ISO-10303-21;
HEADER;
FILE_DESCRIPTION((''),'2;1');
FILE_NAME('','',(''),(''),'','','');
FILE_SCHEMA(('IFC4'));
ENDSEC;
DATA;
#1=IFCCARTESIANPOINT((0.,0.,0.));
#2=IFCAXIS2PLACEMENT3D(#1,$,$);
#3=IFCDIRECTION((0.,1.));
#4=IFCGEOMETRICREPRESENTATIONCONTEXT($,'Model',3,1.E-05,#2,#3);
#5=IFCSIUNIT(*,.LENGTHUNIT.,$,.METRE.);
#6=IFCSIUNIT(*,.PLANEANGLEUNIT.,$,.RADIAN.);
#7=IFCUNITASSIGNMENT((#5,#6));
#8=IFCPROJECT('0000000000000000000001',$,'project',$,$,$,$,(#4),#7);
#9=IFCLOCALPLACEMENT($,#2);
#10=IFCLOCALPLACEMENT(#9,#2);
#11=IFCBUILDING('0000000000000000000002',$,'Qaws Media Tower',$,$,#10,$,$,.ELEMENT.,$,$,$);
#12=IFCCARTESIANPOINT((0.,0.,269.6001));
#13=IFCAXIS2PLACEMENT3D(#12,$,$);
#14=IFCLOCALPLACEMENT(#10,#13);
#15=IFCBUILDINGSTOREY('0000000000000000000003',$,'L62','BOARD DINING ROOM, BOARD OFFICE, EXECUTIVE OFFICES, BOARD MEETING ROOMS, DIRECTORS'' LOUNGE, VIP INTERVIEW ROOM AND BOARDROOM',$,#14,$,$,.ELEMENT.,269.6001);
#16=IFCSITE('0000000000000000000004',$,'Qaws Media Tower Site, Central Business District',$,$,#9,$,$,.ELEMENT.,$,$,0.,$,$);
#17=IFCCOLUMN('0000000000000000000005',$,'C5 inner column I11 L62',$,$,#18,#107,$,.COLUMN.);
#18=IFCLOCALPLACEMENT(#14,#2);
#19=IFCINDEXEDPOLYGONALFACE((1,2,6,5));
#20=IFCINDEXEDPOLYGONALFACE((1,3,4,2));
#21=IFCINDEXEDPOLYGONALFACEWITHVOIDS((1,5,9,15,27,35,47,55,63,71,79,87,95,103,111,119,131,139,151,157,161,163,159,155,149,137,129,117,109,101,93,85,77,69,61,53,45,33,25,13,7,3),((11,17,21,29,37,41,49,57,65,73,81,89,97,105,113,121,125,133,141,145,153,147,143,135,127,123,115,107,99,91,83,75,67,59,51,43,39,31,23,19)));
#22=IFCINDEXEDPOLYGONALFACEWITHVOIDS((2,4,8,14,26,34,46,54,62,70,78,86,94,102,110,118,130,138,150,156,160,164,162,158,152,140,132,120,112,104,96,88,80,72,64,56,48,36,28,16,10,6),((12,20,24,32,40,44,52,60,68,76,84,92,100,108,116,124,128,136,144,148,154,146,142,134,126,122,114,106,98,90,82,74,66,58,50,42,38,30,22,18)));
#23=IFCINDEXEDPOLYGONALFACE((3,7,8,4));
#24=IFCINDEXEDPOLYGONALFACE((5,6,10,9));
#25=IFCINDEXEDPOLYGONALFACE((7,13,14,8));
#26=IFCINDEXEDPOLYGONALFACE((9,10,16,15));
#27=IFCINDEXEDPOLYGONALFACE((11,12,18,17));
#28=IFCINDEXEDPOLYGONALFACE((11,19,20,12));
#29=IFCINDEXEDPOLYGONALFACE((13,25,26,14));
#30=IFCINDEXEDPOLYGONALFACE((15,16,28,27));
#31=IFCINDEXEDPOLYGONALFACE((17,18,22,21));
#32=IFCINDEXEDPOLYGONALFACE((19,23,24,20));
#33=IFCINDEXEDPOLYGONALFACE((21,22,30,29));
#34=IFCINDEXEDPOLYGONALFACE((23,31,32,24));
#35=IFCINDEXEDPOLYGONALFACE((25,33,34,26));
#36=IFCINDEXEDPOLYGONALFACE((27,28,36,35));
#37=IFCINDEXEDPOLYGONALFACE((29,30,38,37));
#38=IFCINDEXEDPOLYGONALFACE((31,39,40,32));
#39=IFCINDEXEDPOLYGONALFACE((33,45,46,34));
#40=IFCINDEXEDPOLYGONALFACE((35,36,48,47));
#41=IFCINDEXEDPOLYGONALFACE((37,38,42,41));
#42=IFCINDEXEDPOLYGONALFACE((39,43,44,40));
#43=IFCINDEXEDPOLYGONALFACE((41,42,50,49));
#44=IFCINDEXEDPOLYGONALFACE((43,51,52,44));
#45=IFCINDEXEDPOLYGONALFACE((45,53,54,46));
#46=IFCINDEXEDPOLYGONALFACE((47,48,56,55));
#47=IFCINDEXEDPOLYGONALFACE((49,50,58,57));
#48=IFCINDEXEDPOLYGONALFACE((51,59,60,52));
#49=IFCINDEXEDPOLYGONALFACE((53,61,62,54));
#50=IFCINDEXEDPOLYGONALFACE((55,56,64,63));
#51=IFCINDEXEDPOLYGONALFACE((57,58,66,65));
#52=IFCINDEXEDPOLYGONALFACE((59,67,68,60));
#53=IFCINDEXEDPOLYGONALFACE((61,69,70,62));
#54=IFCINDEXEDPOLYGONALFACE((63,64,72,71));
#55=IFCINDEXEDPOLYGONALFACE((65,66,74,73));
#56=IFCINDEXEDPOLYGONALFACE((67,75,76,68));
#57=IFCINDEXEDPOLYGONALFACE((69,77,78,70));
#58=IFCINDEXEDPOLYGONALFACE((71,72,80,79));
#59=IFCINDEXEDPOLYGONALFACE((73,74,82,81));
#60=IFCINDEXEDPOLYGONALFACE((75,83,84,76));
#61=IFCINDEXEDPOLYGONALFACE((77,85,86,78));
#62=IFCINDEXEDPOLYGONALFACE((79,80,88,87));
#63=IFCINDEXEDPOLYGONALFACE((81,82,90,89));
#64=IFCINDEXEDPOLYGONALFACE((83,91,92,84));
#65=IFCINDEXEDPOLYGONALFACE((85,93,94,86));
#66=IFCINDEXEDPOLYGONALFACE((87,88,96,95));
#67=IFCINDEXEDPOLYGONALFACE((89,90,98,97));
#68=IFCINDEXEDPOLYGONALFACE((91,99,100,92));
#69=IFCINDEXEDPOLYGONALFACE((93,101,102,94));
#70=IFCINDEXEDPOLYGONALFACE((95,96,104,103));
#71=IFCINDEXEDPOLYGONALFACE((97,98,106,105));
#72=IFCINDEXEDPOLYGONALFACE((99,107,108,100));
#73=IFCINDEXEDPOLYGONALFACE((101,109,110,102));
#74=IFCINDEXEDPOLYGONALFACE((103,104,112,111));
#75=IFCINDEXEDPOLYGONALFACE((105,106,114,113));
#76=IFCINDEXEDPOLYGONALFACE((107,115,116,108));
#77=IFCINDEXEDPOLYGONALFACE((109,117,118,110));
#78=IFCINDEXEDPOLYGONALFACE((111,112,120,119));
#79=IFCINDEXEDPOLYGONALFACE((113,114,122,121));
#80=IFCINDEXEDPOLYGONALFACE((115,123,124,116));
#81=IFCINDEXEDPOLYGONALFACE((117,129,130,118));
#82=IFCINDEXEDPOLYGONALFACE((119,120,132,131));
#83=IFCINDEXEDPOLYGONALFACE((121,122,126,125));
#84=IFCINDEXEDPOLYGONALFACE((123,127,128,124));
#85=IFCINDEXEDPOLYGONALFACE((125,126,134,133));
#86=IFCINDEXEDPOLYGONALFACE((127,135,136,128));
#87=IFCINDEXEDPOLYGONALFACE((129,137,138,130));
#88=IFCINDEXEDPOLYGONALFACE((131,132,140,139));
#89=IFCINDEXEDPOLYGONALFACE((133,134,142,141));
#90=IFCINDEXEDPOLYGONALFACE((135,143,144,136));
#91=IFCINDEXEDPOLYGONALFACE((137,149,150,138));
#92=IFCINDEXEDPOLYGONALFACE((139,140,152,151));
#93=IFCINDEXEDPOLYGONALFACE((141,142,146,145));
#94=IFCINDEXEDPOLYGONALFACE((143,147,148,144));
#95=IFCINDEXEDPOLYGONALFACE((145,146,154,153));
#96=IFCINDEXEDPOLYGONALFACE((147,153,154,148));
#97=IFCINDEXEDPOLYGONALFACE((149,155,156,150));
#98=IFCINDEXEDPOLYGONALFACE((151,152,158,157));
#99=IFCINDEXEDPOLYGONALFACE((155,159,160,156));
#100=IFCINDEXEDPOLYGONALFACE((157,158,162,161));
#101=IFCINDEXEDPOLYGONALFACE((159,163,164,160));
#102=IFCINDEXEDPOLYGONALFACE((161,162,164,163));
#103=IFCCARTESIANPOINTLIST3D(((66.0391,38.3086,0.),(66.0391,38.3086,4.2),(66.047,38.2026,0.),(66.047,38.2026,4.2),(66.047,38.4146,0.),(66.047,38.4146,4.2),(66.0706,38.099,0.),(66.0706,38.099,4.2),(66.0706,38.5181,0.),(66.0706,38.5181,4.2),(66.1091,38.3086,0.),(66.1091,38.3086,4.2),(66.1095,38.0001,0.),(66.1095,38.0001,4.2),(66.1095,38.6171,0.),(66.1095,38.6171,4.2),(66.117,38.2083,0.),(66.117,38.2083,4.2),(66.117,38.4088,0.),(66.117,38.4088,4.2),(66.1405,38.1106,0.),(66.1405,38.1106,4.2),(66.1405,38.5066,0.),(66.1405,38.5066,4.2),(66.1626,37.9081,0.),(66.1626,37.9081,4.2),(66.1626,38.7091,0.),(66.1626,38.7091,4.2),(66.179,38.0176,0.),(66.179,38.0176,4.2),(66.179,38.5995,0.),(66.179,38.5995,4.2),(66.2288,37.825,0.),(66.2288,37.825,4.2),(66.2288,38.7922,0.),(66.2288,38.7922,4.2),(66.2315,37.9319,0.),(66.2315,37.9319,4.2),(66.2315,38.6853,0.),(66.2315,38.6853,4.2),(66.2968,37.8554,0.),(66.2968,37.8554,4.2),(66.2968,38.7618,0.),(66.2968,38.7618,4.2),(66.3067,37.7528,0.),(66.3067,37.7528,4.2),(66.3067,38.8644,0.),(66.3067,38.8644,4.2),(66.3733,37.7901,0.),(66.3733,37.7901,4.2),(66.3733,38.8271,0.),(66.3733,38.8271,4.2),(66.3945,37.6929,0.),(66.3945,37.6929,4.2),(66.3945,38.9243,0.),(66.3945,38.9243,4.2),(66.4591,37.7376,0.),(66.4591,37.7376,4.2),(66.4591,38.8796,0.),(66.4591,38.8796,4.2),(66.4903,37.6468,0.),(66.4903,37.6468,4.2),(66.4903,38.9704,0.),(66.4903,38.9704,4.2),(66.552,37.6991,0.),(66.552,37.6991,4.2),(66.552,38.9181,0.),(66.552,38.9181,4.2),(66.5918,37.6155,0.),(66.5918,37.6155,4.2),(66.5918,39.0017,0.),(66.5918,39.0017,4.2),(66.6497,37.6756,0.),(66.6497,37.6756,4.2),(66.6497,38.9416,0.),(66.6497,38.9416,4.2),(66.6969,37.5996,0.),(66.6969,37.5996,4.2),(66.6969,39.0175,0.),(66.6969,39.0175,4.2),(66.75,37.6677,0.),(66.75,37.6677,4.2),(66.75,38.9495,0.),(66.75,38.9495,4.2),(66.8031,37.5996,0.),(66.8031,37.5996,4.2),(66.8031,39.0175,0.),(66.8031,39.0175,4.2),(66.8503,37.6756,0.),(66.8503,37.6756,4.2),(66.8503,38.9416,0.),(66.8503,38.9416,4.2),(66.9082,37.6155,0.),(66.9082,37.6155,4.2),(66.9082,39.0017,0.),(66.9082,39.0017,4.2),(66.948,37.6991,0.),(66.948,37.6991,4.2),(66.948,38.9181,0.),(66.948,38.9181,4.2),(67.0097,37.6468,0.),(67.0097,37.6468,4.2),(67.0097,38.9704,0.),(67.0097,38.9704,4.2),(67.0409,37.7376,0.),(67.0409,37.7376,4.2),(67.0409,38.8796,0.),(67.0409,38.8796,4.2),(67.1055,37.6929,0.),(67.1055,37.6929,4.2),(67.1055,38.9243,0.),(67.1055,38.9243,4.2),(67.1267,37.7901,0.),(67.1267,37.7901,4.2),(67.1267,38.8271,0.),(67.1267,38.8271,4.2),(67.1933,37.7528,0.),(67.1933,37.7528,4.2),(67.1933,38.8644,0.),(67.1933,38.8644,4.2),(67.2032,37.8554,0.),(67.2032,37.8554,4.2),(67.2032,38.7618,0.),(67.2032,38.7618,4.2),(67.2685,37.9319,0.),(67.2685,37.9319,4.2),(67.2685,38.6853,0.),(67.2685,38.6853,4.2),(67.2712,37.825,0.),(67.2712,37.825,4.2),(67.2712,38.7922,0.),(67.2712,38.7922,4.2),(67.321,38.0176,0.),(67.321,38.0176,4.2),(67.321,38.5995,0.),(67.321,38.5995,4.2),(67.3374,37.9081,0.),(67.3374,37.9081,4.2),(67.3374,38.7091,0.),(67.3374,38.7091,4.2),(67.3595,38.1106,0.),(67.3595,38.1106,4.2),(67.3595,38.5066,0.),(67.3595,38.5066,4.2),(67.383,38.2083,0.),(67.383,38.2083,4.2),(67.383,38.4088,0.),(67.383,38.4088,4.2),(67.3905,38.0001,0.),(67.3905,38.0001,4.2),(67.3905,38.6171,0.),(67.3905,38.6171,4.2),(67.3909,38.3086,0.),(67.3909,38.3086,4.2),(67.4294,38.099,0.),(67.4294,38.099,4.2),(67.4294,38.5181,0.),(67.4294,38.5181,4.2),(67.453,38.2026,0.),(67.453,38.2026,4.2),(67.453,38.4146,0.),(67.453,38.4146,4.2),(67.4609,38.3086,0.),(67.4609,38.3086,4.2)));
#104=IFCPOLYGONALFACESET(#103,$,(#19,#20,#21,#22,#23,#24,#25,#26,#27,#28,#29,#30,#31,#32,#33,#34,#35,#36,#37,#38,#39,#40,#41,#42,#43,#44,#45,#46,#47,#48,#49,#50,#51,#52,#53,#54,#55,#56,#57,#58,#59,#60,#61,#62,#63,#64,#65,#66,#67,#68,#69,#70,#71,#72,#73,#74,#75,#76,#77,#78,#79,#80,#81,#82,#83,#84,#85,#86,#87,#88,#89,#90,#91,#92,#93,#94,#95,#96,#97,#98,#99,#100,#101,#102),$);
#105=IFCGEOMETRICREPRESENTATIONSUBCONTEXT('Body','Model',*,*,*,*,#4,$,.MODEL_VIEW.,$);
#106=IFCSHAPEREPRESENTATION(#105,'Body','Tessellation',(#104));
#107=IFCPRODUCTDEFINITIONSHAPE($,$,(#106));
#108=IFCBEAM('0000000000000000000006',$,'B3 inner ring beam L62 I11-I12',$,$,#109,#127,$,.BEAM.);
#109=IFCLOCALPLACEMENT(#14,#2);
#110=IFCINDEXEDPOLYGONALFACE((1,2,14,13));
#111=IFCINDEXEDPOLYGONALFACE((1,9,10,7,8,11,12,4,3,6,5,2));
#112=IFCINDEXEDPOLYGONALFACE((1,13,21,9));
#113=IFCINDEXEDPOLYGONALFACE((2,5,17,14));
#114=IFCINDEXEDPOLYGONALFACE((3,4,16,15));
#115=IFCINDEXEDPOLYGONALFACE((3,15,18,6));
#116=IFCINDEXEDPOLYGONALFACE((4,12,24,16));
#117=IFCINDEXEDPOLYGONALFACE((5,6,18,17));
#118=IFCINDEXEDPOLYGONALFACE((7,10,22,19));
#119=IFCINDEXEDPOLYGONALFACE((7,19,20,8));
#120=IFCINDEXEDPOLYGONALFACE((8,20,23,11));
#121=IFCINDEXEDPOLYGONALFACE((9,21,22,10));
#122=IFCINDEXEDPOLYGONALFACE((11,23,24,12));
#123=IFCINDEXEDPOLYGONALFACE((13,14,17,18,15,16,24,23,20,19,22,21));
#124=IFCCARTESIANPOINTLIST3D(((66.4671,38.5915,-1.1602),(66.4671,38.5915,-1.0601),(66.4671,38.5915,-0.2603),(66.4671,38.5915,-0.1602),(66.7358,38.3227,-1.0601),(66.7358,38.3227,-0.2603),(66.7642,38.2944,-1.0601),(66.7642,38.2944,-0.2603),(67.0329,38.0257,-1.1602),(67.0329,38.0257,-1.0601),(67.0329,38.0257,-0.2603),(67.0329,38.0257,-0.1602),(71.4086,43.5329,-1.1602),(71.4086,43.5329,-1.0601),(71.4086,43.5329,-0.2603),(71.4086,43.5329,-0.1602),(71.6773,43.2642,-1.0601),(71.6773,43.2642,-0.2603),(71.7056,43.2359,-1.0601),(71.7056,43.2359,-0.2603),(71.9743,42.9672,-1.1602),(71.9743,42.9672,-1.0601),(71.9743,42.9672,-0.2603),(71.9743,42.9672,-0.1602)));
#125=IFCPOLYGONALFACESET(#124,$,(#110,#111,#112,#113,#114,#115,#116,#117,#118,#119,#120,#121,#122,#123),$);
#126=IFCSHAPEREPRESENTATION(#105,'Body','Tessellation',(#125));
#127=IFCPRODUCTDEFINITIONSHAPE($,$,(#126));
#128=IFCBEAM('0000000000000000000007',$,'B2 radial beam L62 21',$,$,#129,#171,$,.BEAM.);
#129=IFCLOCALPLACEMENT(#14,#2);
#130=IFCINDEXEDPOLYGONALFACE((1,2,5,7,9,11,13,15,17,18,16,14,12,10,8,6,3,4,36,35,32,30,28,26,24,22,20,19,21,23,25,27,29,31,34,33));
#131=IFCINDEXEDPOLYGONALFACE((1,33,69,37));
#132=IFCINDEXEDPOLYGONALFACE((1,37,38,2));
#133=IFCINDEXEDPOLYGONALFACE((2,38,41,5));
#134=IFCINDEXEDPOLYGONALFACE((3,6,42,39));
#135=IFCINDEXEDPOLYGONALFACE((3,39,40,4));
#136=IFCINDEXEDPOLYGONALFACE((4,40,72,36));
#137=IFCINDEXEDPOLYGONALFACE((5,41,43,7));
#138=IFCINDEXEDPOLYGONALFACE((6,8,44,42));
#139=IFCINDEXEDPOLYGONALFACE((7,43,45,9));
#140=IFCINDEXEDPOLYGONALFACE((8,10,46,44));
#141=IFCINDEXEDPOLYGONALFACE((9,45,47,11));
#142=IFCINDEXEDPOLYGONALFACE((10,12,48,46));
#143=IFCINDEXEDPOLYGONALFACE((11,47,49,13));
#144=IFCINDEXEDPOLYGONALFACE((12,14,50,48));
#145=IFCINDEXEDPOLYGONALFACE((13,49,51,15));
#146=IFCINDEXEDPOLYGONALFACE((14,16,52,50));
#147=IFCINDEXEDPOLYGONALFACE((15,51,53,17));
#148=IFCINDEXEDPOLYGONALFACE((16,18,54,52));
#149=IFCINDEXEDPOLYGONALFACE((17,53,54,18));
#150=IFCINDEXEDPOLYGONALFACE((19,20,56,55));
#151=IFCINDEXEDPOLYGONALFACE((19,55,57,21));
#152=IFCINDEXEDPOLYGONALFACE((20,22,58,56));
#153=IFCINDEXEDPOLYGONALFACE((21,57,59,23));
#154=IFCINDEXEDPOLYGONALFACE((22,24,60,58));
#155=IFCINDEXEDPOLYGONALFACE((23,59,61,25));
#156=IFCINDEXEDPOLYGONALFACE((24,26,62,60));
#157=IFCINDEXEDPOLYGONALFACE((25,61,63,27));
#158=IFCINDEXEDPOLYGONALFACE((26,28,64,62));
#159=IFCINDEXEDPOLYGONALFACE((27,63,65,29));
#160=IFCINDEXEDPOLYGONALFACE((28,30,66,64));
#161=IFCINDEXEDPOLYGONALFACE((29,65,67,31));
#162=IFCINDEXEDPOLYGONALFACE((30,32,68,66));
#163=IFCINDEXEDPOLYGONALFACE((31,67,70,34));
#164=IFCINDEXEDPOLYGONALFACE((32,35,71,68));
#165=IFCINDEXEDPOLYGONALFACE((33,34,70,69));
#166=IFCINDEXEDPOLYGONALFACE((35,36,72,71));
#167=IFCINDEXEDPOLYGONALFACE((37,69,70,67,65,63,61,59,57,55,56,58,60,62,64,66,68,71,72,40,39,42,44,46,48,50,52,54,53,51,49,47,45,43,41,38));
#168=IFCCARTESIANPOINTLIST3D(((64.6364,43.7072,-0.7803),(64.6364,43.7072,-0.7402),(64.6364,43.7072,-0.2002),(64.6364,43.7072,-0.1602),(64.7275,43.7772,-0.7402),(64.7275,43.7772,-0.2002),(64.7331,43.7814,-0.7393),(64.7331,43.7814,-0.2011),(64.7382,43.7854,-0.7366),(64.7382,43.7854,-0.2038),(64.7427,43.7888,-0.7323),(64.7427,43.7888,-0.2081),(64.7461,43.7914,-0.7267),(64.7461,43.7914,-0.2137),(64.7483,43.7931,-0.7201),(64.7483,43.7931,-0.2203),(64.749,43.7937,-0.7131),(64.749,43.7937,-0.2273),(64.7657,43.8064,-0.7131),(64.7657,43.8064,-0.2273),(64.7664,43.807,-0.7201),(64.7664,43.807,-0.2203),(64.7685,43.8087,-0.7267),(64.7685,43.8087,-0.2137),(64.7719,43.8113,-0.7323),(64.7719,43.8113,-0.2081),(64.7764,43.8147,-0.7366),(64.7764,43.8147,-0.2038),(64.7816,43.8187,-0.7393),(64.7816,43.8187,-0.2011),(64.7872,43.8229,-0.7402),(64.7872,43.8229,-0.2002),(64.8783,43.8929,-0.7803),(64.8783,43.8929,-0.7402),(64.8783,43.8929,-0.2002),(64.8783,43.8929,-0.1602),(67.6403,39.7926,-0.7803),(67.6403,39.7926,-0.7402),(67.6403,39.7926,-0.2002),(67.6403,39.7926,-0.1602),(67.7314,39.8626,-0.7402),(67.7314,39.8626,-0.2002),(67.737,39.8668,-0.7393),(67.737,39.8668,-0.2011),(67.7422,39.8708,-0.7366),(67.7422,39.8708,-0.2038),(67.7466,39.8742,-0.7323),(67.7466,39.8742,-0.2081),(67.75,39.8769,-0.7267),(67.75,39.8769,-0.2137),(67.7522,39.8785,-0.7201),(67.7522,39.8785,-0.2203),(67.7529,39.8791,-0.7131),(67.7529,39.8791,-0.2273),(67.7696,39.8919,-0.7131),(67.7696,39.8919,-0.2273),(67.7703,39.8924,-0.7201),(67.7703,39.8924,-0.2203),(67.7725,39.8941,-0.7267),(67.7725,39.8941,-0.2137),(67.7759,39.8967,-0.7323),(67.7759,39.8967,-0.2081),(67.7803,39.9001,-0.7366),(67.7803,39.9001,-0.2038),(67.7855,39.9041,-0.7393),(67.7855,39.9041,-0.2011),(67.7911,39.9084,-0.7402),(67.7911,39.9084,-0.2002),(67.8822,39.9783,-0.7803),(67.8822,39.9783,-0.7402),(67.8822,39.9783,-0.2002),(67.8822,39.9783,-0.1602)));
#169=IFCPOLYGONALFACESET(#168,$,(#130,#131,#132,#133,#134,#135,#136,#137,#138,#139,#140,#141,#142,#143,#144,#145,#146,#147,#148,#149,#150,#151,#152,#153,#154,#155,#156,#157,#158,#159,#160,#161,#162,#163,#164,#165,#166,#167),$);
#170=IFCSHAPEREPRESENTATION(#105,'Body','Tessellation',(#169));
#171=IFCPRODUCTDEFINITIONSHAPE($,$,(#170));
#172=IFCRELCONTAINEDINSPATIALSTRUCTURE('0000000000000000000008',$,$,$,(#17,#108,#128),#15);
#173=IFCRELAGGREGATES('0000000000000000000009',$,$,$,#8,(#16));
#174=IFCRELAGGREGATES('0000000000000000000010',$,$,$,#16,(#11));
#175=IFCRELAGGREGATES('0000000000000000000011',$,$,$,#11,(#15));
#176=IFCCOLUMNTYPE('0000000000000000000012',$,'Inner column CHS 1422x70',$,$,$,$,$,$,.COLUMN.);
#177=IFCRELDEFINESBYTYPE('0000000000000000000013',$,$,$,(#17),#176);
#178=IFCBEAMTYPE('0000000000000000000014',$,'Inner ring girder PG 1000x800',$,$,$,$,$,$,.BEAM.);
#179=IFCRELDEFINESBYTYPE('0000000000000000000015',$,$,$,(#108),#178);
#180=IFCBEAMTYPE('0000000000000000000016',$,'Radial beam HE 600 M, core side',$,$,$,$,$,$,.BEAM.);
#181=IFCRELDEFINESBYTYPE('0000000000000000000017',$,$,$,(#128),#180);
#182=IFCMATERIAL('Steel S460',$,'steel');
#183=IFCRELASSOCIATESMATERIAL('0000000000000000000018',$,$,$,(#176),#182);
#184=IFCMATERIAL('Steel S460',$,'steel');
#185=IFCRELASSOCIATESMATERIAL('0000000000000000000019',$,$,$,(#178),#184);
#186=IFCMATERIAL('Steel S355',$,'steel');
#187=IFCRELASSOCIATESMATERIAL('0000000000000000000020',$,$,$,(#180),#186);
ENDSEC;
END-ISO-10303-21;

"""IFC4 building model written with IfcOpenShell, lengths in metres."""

from ifc_helpers import new_model, si_unit, direction, frame, origin, origin_2d, place, context, subcontext, project, spatial, hollow_circle, i_section, extrude, material, material_profile, profile_set, type_object, element, save


model = new_model("IFC4")

# Units and contexts
model_context = context("Model", 3, precision=1e-05, world=origin(), true_north=direction((0.0, 1.0)))
body_context = subcontext(model_context, "Body", "Model", "MODEL_VIEW")
ifc_project = project(units=[si_unit("LENGTHUNIT", "METRE"), si_unit("PLANEANGLEUNIT", "RADIAN")], contexts=[model_context])

# Site, building, storey
site_placement = place(None, origin())
site = spatial("IfcSite", under=ifc_project, at=site_placement, Name="Qaws Media Tower Site, Central Business District", CompositionType="ELEMENT", RefElevation=0.0)
building_placement = place(site_placement, origin())
building = spatial("IfcBuilding", under=site, at=building_placement, Name="Qaws Media Tower", CompositionType="ELEMENT")
storey_placement = place(building_placement, frame((0.0, 0.0, 269.6001)))
storey = spatial("IfcBuildingStorey", under=building, at=storey_placement, Name="L62", Description="BOARD DINING ROOM, BOARD OFFICE, EXECUTIVE OFFICES, BOARD MEETING ROOMS, DIRECTORS' LOUNGE, VIP INTERVIEW ROOM AND BOARDROOM", CompositionType="ELEMENT", Elevation=269.6001)

# Column
ifc_material_1 = material(Name="Steel S460", Category="steel")
ifc_material_profile_1 = material_profile(ifc_material_1, hollow_circle(Radius=0.7109, WallThickness=0.0701, at=origin_2d()), Name="CHS 1422x70")
ifc_profile_set_1 = profile_set([ifc_material_profile_1], Name="Steel S460")
column_type = type_object("IfcColumnType", Name="Inner column CHS 1422x70", PredefinedType="COLUMN", material=ifc_profile_set_1)
column_placement = place(storey_placement, frame((66.75, 38.3086, 0.0), z_axis=(0.0, 0.0, 1.0), x_axis=(1.0, 0.0, 0.0)))
element("IfcColumn", 1, at=column_placement, inside=storey, type_object=column_type, Name="C5 inner column I11 L62", PredefinedType="COLUMN", context=body_context, shape_type="SweptSolid", body=[
    extrude(hollow_circle(Radius=0.7109, WallThickness=0.0701, at=origin_2d()), origin(), (0.0, 0.0, 1.0), 4.2),
])

# Beams
ifc_material_2 = material(Name="Steel S460", Category="steel")
ifc_material_profile_2 = material_profile(ifc_material_2, i_section(OverallWidth=0.8, OverallDepth=1.0, WebThickness=0.04, FlangeThickness=0.1001, at=origin_2d()), Name="PG 1000x800")
ifc_profile_set_2 = profile_set([ifc_material_profile_2], Name="Steel S460")
beam_type_1 = type_object("IfcBeamType", Name="Inner ring girder PG 1000x800", PredefinedType="BEAM", material=ifc_profile_set_2)
beam_1_placement = place(storey_placement, frame((66.75, 38.3086, -0.6602), z_axis=(0.707107, 0.707107, 0.0), x_axis=(-0.707107, 0.707107, 0.0)))
element("IfcBeam", 2, at=beam_1_placement, inside=storey, type_object=beam_type_1, Name="B3 inner ring beam L62 I11-I12", PredefinedType="BEAM", context=body_context, shape_type="SweptSolid", body=[
    extrude(i_section(OverallWidth=0.8, OverallDepth=1.0, WebThickness=0.04, FlangeThickness=0.1001, at=origin_2d()), origin(), (0.0, 0.0, 1.0), 6.9883),
])
ifc_material_3 = material(Name="Steel S355", Category="steel")
ifc_material_profile_3 = material_profile(ifc_material_3, i_section(OverallWidth=0.3049, OverallDepth=0.6201, WebThickness=0.021, FlangeThickness=0.04, FilletRadius=0.0271, at=origin_2d()), Name="HE 600 M")
ifc_profile_set_3 = profile_set([ifc_material_profile_3], Name="Steel S355")
beam_type_2 = type_object("IfcBeamType", Name="Radial beam HE 600 M, core side", PredefinedType="BEAM", material=ifc_profile_set_3)
beam_2_placement = place(storey_placement, frame((64.7573, 43.8, -0.4702), z_axis=(0.608783, -0.793337, 0.0), x_axis=(0.793337, 0.608783, 0.0)))
element("IfcBeam", 3, at=beam_2_placement, inside=storey, type_object=beam_type_2, Name="B2 radial beam L62 21", PredefinedType="BEAM", context=body_context, shape_type="SweptSolid", body=[
    extrude(i_section(OverallWidth=0.3049, OverallDepth=0.6201, WebThickness=0.021, FlangeThickness=0.04, FilletRadius=0.0271, at=origin_2d()), origin(), (0.0, 0.0, 1.0), 4.9343),
])

save(model, "model.ifc")
